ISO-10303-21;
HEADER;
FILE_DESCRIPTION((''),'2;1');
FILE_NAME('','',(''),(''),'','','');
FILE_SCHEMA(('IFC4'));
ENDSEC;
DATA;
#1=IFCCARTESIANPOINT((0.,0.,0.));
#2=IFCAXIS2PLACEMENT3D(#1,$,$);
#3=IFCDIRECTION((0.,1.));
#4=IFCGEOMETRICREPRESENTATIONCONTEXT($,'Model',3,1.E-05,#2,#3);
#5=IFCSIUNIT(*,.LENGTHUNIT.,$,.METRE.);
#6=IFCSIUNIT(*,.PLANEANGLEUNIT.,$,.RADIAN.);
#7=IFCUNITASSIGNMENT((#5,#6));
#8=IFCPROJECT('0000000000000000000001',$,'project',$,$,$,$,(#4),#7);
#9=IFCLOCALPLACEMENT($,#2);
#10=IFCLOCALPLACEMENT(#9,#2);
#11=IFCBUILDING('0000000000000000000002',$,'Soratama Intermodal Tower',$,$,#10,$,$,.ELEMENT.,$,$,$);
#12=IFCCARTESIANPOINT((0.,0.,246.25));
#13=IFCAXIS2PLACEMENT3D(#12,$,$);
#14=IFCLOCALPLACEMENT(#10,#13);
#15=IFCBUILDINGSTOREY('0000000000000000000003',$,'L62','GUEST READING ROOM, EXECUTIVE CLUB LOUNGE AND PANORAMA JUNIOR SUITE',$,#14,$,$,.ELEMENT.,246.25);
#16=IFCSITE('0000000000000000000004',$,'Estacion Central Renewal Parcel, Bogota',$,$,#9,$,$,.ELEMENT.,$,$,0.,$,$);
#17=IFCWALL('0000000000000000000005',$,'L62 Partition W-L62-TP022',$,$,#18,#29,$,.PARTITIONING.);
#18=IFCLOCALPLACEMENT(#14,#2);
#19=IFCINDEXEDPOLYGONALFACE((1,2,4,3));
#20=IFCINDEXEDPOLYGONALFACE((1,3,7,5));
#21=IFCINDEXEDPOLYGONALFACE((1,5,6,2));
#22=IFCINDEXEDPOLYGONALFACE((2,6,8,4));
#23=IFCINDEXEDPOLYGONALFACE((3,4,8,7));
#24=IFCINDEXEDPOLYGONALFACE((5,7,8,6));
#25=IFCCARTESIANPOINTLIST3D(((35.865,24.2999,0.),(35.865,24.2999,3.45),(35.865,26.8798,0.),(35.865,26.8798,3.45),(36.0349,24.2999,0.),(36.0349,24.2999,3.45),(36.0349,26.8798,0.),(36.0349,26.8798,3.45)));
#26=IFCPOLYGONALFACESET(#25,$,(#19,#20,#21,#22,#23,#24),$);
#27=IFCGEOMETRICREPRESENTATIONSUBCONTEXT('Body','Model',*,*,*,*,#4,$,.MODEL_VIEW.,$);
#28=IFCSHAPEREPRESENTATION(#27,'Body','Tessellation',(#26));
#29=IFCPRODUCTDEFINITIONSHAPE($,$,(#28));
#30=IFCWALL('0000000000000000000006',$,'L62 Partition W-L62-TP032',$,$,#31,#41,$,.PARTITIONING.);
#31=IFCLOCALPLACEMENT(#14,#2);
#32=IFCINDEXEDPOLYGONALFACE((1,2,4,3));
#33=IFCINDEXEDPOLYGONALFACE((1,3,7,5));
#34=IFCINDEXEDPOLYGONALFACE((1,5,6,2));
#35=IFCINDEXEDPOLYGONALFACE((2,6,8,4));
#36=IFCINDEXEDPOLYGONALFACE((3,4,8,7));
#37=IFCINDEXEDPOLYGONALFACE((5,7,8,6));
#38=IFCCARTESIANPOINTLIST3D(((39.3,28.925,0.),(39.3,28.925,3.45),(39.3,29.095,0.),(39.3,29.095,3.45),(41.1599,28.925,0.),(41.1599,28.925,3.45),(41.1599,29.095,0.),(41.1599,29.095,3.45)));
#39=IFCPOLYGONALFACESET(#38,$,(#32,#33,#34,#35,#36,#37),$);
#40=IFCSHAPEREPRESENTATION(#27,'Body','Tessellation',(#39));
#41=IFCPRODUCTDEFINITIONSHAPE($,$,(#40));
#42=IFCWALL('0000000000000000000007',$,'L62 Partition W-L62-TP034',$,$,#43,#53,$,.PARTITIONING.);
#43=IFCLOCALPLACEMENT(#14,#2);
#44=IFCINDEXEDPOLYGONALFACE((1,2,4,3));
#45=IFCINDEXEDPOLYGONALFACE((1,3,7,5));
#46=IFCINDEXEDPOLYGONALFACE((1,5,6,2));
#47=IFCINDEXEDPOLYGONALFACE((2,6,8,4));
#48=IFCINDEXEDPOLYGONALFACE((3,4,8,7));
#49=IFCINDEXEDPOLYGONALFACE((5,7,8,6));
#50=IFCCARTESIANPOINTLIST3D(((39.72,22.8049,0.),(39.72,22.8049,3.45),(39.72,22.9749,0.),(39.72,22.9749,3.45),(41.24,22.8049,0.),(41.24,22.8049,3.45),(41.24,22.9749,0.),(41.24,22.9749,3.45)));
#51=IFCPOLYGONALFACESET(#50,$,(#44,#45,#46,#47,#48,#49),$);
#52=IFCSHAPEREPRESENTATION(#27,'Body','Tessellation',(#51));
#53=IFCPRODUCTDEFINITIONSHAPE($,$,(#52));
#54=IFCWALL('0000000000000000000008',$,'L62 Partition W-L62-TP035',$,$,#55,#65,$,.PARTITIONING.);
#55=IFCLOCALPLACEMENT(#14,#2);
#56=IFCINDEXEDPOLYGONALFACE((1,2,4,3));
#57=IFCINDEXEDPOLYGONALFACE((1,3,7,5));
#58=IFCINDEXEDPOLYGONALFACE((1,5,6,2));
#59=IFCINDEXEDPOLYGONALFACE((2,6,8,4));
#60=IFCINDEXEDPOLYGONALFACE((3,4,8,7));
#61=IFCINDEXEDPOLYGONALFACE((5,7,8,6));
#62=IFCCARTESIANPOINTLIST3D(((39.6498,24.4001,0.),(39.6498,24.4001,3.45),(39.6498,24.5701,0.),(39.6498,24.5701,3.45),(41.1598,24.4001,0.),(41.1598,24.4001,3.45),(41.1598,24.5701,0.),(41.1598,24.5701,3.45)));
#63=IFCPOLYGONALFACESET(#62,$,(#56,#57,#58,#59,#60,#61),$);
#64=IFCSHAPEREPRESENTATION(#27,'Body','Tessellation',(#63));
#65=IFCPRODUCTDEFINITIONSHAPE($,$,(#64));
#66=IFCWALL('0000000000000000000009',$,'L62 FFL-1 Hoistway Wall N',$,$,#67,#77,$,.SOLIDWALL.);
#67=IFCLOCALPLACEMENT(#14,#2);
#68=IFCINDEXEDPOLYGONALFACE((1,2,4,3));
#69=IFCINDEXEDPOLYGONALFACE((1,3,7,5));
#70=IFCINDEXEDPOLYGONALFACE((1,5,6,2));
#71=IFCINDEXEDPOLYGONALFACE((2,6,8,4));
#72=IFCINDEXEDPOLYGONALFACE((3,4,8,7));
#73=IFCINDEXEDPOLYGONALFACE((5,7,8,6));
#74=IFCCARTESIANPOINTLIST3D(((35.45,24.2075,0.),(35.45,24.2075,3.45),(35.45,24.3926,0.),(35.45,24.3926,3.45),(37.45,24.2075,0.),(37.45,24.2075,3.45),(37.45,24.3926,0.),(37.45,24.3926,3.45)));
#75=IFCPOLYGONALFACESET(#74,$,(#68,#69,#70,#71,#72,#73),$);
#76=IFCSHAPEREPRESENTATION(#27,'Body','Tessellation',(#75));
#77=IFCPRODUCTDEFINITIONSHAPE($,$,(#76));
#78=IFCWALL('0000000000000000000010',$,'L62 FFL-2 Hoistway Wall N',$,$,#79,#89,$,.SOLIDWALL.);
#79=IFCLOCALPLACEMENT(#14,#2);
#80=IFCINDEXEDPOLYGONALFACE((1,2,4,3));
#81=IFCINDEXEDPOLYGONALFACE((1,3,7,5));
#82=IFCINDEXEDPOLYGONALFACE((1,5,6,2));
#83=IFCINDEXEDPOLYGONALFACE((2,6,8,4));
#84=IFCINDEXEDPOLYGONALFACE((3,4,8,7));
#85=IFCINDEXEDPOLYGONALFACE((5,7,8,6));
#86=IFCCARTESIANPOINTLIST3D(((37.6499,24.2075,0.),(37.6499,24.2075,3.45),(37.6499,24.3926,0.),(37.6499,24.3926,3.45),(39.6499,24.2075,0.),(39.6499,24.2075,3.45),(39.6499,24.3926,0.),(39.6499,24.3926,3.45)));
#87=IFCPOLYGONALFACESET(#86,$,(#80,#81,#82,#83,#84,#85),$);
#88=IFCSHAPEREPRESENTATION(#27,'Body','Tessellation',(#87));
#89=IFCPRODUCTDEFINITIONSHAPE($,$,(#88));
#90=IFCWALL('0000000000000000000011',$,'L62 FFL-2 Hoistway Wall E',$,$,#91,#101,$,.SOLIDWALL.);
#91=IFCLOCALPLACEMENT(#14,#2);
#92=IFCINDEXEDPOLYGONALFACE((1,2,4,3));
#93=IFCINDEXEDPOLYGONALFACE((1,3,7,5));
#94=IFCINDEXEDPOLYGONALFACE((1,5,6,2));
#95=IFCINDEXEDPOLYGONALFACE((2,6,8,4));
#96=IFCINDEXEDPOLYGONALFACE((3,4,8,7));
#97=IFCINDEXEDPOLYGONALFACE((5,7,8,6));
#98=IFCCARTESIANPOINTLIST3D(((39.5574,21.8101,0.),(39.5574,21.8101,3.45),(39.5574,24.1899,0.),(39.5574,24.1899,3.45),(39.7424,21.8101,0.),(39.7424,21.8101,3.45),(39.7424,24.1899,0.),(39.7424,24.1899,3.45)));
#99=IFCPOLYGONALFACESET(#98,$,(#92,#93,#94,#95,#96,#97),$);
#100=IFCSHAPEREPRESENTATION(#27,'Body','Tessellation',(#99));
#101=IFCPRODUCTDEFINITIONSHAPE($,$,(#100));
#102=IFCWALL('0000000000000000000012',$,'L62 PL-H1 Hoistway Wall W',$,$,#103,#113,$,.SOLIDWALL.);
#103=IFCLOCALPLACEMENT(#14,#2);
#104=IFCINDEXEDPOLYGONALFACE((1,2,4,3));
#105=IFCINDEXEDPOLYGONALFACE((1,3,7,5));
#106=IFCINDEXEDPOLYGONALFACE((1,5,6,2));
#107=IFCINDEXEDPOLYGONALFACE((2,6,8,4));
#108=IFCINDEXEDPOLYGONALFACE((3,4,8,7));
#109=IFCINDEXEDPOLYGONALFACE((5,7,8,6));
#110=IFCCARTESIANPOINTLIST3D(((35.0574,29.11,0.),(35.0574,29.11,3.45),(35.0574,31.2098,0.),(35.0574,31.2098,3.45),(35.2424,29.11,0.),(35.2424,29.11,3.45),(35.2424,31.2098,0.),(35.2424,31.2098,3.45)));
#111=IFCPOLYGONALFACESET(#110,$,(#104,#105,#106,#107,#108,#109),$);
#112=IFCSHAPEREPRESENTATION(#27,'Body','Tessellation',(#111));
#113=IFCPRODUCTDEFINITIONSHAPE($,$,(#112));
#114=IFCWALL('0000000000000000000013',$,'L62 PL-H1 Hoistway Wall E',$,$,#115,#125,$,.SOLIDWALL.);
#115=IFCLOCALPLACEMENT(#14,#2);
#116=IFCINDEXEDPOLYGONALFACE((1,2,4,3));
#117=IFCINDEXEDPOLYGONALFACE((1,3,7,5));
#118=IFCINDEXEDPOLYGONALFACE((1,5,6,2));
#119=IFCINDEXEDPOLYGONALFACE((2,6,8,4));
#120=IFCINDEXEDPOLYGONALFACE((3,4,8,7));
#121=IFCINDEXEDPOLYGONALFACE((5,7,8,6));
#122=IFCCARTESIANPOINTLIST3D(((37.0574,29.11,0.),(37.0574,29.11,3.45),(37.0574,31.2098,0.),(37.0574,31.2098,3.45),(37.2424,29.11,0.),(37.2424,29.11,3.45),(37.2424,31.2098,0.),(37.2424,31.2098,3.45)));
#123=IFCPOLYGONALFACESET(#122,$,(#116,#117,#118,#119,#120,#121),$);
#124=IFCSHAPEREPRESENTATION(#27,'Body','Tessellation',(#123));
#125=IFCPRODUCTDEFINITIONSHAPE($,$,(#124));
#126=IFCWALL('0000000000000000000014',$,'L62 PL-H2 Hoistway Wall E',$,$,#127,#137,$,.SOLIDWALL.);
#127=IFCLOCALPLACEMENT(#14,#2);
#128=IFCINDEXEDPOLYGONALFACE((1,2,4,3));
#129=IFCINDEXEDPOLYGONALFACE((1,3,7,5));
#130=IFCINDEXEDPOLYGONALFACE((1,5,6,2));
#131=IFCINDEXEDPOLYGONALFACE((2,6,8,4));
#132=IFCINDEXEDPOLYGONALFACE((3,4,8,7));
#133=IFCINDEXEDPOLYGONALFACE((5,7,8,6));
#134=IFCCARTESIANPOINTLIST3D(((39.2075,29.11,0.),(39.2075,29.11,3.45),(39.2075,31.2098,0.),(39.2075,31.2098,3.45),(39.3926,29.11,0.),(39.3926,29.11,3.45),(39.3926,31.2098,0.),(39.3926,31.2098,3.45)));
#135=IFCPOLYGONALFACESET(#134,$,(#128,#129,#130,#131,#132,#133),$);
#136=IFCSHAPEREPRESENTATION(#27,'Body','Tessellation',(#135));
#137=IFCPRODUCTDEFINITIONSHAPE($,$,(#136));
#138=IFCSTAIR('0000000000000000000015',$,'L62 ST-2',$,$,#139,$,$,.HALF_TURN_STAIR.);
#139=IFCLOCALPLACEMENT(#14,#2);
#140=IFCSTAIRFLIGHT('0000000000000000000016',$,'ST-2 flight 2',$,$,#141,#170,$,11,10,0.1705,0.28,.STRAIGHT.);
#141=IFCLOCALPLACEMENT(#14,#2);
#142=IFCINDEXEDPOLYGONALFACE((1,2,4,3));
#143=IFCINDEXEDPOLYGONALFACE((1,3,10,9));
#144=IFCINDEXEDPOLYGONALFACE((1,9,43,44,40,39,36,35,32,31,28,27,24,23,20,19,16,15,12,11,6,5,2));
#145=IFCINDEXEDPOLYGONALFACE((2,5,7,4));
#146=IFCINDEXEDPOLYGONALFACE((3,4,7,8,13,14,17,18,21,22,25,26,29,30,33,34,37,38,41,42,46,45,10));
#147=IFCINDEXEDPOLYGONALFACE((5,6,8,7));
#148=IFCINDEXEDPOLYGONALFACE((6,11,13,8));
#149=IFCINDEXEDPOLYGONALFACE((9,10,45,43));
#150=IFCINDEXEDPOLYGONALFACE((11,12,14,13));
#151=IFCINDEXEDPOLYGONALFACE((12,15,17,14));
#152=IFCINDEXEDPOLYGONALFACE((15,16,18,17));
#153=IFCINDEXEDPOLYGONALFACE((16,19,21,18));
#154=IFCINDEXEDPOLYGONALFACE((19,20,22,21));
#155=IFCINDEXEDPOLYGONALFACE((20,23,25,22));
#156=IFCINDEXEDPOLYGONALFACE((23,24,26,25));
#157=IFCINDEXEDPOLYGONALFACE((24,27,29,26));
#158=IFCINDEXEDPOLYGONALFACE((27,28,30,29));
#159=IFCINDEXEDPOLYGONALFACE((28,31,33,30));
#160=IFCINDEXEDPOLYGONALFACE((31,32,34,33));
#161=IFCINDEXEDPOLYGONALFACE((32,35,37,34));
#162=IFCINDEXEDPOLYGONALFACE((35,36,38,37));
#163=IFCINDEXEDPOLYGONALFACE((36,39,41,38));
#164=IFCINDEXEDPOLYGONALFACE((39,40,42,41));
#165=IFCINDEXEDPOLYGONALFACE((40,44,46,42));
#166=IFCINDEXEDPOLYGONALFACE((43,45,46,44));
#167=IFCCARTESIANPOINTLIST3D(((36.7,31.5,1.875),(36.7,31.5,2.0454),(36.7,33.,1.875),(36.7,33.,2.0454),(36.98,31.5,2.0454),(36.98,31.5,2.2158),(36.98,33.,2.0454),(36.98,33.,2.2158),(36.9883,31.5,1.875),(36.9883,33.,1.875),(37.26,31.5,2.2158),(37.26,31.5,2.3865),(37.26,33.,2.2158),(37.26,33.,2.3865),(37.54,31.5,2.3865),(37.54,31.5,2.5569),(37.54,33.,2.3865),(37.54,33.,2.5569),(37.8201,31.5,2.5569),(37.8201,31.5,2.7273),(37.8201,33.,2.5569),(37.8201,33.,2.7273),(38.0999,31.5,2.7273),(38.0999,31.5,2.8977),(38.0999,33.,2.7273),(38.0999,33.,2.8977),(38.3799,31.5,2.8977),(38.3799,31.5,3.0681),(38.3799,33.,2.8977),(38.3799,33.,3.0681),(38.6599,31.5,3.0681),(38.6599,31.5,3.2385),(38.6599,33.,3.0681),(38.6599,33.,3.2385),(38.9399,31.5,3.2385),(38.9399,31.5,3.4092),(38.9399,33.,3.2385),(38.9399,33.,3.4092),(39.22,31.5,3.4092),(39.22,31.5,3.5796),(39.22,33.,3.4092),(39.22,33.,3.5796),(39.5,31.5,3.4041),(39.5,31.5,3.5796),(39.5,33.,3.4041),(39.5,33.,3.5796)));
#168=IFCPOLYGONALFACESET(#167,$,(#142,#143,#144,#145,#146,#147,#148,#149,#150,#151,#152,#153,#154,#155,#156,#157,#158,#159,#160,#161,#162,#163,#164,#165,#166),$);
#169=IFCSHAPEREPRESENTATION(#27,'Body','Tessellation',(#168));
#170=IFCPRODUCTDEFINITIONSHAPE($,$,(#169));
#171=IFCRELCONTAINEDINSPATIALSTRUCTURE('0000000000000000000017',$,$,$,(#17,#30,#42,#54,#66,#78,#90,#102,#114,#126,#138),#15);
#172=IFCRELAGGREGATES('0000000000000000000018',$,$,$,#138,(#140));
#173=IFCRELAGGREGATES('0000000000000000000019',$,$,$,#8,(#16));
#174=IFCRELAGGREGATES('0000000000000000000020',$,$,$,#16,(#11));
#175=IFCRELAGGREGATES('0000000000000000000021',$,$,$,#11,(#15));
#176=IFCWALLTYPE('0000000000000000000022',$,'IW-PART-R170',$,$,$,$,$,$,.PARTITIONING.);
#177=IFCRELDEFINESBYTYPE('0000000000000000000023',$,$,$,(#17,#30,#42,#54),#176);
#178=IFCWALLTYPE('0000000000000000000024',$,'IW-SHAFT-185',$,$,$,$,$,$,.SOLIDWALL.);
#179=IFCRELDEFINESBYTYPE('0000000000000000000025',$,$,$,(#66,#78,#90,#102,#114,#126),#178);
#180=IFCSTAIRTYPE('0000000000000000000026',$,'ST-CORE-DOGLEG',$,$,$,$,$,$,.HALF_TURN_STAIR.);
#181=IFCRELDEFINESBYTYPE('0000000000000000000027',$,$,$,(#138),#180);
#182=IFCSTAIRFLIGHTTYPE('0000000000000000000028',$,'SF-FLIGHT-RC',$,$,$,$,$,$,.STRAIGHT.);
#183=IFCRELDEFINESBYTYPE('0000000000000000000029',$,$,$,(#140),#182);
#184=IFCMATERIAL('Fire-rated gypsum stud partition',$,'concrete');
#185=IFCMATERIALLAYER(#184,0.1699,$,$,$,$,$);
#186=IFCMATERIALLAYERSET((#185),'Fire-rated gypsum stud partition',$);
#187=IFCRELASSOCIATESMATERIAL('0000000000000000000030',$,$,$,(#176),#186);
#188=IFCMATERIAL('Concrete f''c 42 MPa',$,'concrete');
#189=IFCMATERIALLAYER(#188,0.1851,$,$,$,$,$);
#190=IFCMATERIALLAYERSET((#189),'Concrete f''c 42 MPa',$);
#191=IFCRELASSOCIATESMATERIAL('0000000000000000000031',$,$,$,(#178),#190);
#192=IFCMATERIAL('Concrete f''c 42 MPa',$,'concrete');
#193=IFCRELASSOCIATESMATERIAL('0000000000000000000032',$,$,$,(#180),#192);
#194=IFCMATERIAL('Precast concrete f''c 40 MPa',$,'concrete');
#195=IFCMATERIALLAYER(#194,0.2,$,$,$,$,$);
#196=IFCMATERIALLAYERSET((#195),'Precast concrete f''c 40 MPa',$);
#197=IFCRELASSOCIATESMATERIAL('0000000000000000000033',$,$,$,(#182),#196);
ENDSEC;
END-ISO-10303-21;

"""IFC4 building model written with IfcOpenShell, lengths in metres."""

from ifc_helpers import new_model, si_unit, direction, frame, frame_2d, origin, place, context, subcontext, project, spatial, polyline, rectangle, outline, extrude, material, layer, layer_set, type_object, element, aggregate, save


model = new_model("IFC4")

# Units and contexts
model_context = context("Model", 3, precision=1e-05, world=origin(), true_north=direction((0.0, 1.0)))
body_context = subcontext(model_context, "Body", "Model", "MODEL_VIEW")
ifc_project = project(units=[si_unit("LENGTHUNIT", "METRE"), si_unit("PLANEANGLEUNIT", "RADIAN")], contexts=[model_context])

# Site, building, storey
site_placement = place(None, origin())
site = spatial("IfcSite", under=ifc_project, at=site_placement, Name="Estacion Central Renewal Parcel, Bogota", CompositionType="ELEMENT", RefElevation=0.0)
building_placement = place(site_placement, origin())
building = spatial("IfcBuilding", under=site, at=building_placement, Name="Soratama Intermodal Tower", CompositionType="ELEMENT")
storey_placement = place(building_placement, frame((0.0, 0.0, 246.25)))
storey = spatial("IfcBuildingStorey", under=building, at=storey_placement, Name="L62", Description="GUEST READING ROOM, EXECUTIVE CLUB LOUNGE AND PANORAMA JUNIOR SUITE", CompositionType="ELEMENT", Elevation=246.25)

# Shared definitions
ifc_material_1 = material(Name="Fire-rated gypsum stud partition", Category="concrete")
ifc_layer_1 = layer(ifc_material_1, 0.1699)
ifc_layer_set_1 = layer_set([ifc_layer_1], Name="Fire-rated gypsum stud partition")
wall_type_1 = type_object("IfcWallType", Name="IW-PART-R170", PredefinedType="PARTITIONING", material=ifc_layer_set_1)

# Walls
wall_1_placement = place(storey_placement, frame((35.95, 26.8799, 0.0), z_axis=(0.0, 0.0, 1.0), x_axis=(0.0, -1.0, 0.0)))
element("IfcWall", 1, at=wall_1_placement, inside=storey, type_object=wall_type_1, Name="L62 Partition W-L62-TP022", PredefinedType="PARTITIONING", context=body_context, shape_type="SweptSolid", body=[
    extrude(rectangle(XDim=2.5798, YDim=0.1699, at=frame_2d((1.29, 0.0))), origin(), (0.0, 0.0, 1.0), 3.45),
])
wall_2_placement = place(storey_placement, frame((39.3, 29.01, 0.0), z_axis=(0.0, 0.0, 1.0), x_axis=(1.0, 0.0, 0.0)))
element("IfcWall", 2, at=wall_2_placement, inside=storey, type_object=wall_type_1, Name="L62 Partition W-L62-TP032", PredefinedType="PARTITIONING", context=body_context, shape_type="SweptSolid", body=[
    extrude(rectangle(XDim=1.8599, YDim=0.1699, at=frame_2d((0.9299, 0.0))), origin(), (0.0, 0.0, 1.0), 3.45),
])
wall_3_placement = place(storey_placement, frame((39.72, 22.8899, 0.0), z_axis=(0.0, 0.0, 1.0), x_axis=(1.0, 0.0, 0.0)))
element("IfcWall", 3, at=wall_3_placement, inside=storey, type_object=wall_type_1, Name="L62 Partition W-L62-TP034", PredefinedType="PARTITIONING", context=body_context, shape_type="SweptSolid", body=[
    extrude(rectangle(XDim=1.52, YDim=0.1699, at=frame_2d((0.76, 0.0))), origin(), (0.0, 0.0, 1.0), 3.45),
])
wall_4_placement = place(storey_placement, frame((39.6499, 24.4851, 0.0), z_axis=(0.0, 0.0, 1.0), x_axis=(1.0, 0.0, 0.0)))
element("IfcWall", 4, at=wall_4_placement, inside=storey, type_object=wall_type_1, Name="L62 Partition W-L62-TP035", PredefinedType="PARTITIONING", context=body_context, shape_type="SweptSolid", body=[
    extrude(rectangle(XDim=1.51, YDim=0.1699, at=frame_2d((0.7549, 0.0))), origin(), (0.0, 0.0, 1.0), 3.45),
])
ifc_material_2 = material(Name="Concrete f'c 42 MPa", Category="concrete")
ifc_layer_2 = layer(ifc_material_2, 0.1851)
ifc_layer_set_2 = layer_set([ifc_layer_2], Name="Concrete f'c 42 MPa")
wall_type_2 = type_object("IfcWallType", Name="IW-SHAFT-185", PredefinedType="SOLIDWALL", material=ifc_layer_set_2)
for number, where, z_axis, x_axis, name in (
    (5, (35.45, 24.3, 0.0), (0.0, 0.0, 1.0), (1.0, 0.0, 0.0), "L62 FFL-1 Hoistway Wall N"),
    (6, (37.6499, 24.3, 0.0), (0.0, 0.0, 1.0), (1.0, 0.0, 0.0), "L62 FFL-2 Hoistway Wall N"),
):
    element("IfcWall", number, at=place(storey_placement, frame(where, z_axis=z_axis, x_axis=x_axis)), inside=storey, type_object=wall_type_2, Name=name, PredefinedType="SOLIDWALL", context=body_context, shape_type="SweptSolid", body=[
        extrude(rectangle(XDim=2.0, YDim=0.1851, at=frame_2d((1.0, 0.0))), origin(), (0.0, 0.0, 1.0), 3.45),
    ])
wall_5_placement = place(storey_placement, frame((39.6499, 21.8101, 0.0), z_axis=(0.0, 0.0, 1.0), x_axis=(0.0, 1.0, 0.0)))
element("IfcWall", 7, at=wall_5_placement, inside=storey, type_object=wall_type_2, Name="L62 FFL-2 Hoistway Wall E", PredefinedType="SOLIDWALL", context=body_context, shape_type="SweptSolid", body=[
    extrude(rectangle(XDim=2.3799, YDim=0.1851, at=frame_2d((1.1899, 0.0))), origin(), (0.0, 0.0, 1.0), 3.45),
])
for number, where, z_axis, x_axis, name in (
    (8, (35.1499, 29.1101, 0.0), (0.0, 0.0, 1.0), (0.0, 1.0, 0.0), "L62 PL-H1 Hoistway Wall W"),
    (9, (37.1499, 29.1101, 0.0), (0.0, 0.0, 1.0), (0.0, 1.0, 0.0), "L62 PL-H1 Hoistway Wall E"),
):
    element("IfcWall", number, at=place(storey_placement, frame(where, z_axis=z_axis, x_axis=x_axis)), inside=storey, type_object=wall_type_2, Name=name, PredefinedType="SOLIDWALL", context=body_context, shape_type="SweptSolid", body=[
        extrude(rectangle(XDim=2.0999, YDim=0.1851, at=frame_2d((1.0498, 0.0))), origin(), (0.0, 0.0, 1.0), 3.45),
    ])

# Wall
wall_6_placement = place(storey_placement, frame((39.3, 29.1101, 0.0), z_axis=(0.0, 0.0, 1.0), x_axis=(0.0, 1.0, 0.0)))
element("IfcWall", 10, at=wall_6_placement, inside=storey, type_object=wall_type_2, Name="L62 PL-H2 Hoistway Wall E", PredefinedType="SOLIDWALL", context=body_context, shape_type="SweptSolid", body=[
    extrude(rectangle(XDim=2.0999, YDim=0.1851, at=frame_2d((1.0498, 0.0))), origin(), (0.0, 0.0, 1.0), 3.45),
])

# Stair, stair flight
ifc_material_3 = material(Name="Concrete f'c 42 MPa", Category="concrete")
stair_type = type_object("IfcStairType", Name="ST-CORE-DOGLEG", PredefinedType="HALF_TURN_STAIR", material=ifc_material_3)
stair_placement = place(storey_placement, origin())
stair = element("IfcStair", 11, at=stair_placement, inside=storey, type_object=stair_type, Name="L62 ST-2", PredefinedType="HALF_TURN_STAIR")
ifc_material_4 = material(Name="Precast concrete f'c 40 MPa", Category="concrete")
ifc_layer_3 = layer(ifc_material_4, 0.2)
ifc_layer_set_3 = layer_set([ifc_layer_3], Name="Precast concrete f'c 40 MPa")
stair_flight_type = type_object("IfcStairFlightType", Name="SF-FLIGHT-RC", PredefinedType="STRAIGHT", material=ifc_layer_set_3)
stair_flight_placement = place(storey_placement, frame((36.7, 32.25, 1.875), z_axis=(0.0, 0.0, 1.0), x_axis=(1.0, 0.0, 0.0)))
stair_flight = element("IfcStairFlight", 12, at=stair_flight_placement, type_object=stair_flight_type, Name="ST-2 flight 2", NumberOfRisers=11, NumberOfTreads=10, PredefinedType="STRAIGHT", RiserHeight=0.1705, TreadLength=0.28, context=body_context, shape_type="SweptSolid", body=[
    extrude(outline(polyline([(0.0, 0.0), (0.0, 0.1704), (0.28, 0.1704), (0.28, 0.3408), (0.5601, 0.3408), (0.5601, 0.5115), (0.8401, 0.5115), (0.8401, 0.6819), (1.1201, 0.6819), (1.1201, 0.8523), (1.3999, 0.8523), (1.3999, 1.0227), (1.6799, 1.0227), (1.6799, 1.1931), (1.96, 1.1931), (1.96, 1.3635), (2.24, 1.3635), (2.24, 1.5342), (2.52, 1.5342), (2.52, 1.7046), (2.8, 1.7046), (2.8, 1.875), (2.8, 1.5291), (0.2883, 0.0), (0.0, 0.0)])), frame((0.0, 0.75, 0.0), z_axis=(0.0, -1.0, 0.0), x_axis=(1.0, 0.0, 0.0)), (0.0, 0.0, 1.0), 1.5),
])
aggregate(stair, [stair_flight])

save(model, "model.ifc")
